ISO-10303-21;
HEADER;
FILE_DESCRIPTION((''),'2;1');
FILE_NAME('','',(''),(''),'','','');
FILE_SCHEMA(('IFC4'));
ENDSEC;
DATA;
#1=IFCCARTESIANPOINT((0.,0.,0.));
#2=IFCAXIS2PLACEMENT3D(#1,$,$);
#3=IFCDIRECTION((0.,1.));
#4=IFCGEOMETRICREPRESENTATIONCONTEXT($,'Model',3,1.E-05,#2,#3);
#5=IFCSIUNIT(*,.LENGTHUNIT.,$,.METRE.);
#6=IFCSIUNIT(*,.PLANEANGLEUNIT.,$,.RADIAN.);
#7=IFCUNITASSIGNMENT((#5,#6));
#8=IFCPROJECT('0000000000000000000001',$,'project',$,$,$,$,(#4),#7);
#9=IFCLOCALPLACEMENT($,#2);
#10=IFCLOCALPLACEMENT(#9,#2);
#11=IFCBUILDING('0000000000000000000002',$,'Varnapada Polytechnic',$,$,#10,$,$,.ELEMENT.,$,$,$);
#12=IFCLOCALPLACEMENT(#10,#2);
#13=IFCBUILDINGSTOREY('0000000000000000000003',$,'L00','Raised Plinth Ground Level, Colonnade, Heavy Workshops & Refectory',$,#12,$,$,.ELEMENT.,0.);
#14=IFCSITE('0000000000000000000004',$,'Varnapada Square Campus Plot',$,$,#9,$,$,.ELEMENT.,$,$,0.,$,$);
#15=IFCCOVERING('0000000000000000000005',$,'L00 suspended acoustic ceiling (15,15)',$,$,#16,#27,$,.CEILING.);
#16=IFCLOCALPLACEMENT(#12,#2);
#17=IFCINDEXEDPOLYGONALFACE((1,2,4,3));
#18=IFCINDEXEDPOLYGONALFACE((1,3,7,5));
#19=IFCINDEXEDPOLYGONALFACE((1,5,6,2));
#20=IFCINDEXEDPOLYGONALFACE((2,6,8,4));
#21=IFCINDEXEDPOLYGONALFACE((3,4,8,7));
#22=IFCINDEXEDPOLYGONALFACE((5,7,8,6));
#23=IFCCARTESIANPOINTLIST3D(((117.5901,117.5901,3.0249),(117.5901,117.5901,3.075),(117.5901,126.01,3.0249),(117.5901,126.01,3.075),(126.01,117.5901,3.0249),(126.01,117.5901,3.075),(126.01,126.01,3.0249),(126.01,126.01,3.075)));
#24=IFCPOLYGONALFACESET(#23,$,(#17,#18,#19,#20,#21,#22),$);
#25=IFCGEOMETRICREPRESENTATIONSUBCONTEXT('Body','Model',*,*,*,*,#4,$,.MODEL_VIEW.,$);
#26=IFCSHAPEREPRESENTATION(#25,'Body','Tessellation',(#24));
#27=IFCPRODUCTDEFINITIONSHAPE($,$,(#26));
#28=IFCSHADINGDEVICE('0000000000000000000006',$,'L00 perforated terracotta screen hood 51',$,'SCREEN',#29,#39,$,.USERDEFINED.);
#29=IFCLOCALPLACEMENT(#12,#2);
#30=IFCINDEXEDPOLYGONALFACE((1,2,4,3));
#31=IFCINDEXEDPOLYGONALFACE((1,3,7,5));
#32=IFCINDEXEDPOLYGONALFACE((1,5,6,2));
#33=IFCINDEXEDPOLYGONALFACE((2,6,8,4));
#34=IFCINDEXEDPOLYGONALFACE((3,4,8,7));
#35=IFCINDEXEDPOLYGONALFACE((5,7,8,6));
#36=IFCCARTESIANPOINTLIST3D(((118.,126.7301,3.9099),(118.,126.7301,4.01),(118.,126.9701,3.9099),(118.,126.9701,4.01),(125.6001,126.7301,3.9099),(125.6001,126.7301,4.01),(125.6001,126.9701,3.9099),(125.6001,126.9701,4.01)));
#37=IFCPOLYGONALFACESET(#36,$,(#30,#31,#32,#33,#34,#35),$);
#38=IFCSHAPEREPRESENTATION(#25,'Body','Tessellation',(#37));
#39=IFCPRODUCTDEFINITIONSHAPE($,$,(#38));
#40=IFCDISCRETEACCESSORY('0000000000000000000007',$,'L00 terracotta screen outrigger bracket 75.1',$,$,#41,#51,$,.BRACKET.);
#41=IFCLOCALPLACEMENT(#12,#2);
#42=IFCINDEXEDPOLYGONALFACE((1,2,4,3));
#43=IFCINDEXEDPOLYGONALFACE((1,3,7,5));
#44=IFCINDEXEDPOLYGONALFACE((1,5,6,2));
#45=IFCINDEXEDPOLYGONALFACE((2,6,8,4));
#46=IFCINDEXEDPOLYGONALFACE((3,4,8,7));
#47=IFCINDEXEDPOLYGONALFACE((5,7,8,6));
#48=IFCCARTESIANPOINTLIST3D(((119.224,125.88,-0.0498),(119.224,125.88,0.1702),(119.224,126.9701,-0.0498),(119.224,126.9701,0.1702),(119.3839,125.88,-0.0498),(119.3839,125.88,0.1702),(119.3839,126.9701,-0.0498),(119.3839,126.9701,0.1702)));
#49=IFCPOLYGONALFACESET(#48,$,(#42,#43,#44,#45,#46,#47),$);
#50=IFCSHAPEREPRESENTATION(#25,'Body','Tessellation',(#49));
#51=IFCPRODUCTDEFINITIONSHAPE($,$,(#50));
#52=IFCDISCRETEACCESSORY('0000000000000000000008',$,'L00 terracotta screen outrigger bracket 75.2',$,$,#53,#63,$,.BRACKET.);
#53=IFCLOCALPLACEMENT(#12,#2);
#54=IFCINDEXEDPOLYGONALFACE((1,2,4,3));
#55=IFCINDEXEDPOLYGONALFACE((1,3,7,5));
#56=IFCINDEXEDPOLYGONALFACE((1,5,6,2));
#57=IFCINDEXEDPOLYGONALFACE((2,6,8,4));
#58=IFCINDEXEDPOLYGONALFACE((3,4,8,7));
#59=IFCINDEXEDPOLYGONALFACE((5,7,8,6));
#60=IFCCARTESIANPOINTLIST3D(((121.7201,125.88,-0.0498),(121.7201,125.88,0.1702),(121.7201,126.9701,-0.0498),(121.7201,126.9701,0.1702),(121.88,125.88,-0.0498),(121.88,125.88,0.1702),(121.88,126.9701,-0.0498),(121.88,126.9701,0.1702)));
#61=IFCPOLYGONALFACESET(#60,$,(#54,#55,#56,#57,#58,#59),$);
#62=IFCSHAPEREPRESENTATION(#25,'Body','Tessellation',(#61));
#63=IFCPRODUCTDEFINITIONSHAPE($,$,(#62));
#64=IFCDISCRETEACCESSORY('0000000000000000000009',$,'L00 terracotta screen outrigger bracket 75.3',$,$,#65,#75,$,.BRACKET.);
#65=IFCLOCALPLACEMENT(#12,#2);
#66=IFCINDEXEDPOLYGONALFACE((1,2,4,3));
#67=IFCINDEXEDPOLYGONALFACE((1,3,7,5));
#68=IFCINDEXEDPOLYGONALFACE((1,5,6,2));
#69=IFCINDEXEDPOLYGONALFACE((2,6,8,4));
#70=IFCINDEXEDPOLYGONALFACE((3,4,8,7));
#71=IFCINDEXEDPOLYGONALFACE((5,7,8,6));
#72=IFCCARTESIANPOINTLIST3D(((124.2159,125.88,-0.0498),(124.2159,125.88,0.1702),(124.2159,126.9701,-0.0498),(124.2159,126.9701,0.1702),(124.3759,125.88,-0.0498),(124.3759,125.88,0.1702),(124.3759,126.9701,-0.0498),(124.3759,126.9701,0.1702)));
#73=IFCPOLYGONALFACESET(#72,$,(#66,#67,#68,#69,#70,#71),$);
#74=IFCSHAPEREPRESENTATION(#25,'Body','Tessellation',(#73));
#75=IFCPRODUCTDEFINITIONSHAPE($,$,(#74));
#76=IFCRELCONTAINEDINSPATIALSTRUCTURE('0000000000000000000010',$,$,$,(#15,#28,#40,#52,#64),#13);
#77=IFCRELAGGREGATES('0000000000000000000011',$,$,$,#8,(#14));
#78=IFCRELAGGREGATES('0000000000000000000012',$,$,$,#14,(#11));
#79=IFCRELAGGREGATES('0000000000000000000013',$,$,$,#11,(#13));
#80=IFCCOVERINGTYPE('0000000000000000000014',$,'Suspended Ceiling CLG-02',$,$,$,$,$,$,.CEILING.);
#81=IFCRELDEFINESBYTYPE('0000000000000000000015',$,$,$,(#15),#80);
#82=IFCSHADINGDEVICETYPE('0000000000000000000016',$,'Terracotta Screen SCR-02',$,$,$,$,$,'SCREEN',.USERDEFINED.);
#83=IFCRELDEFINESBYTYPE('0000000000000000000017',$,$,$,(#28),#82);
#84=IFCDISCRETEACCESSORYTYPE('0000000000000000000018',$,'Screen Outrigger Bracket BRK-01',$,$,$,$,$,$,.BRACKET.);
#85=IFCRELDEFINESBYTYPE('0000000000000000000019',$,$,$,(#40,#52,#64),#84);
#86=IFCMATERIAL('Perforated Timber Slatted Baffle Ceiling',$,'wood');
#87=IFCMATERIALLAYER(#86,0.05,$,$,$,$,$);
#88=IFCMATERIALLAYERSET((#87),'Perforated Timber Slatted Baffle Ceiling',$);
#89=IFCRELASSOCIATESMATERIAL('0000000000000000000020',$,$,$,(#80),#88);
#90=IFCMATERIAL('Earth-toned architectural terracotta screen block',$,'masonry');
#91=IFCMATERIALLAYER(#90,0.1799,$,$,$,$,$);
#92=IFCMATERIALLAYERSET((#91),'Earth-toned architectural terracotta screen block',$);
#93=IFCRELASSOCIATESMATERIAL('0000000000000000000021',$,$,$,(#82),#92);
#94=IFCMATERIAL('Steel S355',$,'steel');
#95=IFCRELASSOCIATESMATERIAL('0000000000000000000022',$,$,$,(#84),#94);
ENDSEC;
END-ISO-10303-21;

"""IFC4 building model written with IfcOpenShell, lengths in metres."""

from ifc_helpers import new_model, si_unit, direction, frame, origin, origin_2d, place, context, subcontext, project, spatial, rectangle, extrude, material, layer, layer_set, type_object, element, save


model = new_model("IFC4")

# Units and contexts
model_context = context("Model", 3, precision=1e-05, world=origin(), true_north=direction((0.0, 1.0)))
body_context = subcontext(model_context, "Body", "Model", "MODEL_VIEW")
ifc_project = project(units=[si_unit("LENGTHUNIT", "METRE"), si_unit("PLANEANGLEUNIT", "RADIAN")], contexts=[model_context])

# Site, building, storey
site_placement = place(None, origin())
site = spatial("IfcSite", under=ifc_project, at=site_placement, Name="Varnapada Square Campus Plot", CompositionType="ELEMENT", RefElevation=0.0)
building_placement = place(site_placement, origin())
building = spatial("IfcBuilding", under=site, at=building_placement, Name="Varnapada Polytechnic", CompositionType="ELEMENT")
storey_placement = place(building_placement, origin())
storey = spatial("IfcBuildingStorey", under=building, at=storey_placement, Name="L00", Description="Raised Plinth Ground Level, Colonnade, Heavy Workshops & Refectory", CompositionType="ELEMENT", Elevation=0.0)

# Shared definitions
ifc_material_1 = material(Name="Steel S355", Category="steel")

# Covering
ifc_material_2 = material(Name="Perforated Timber Slatted Baffle Ceiling", Category="wood")
ifc_layer_1 = layer(ifc_material_2, 0.05)
ifc_layer_set_1 = layer_set([ifc_layer_1], Name="Perforated Timber Slatted Baffle Ceiling")
covering_type_1 = type_object("IfcCoveringType", Name="Suspended Ceiling CLG-02", PredefinedType="CEILING", material=ifc_layer_set_1)
covering_1_placement = place(storey_placement, frame((121.8, 121.8, 3.0249), z_axis=(0.0, 0.0, 1.0), x_axis=(1.0, 0.0, 0.0)))
element("IfcCovering", 1, at=covering_1_placement, inside=storey, type_object=covering_type_1, Name="L00 suspended acoustic ceiling (15,15)", PredefinedType="CEILING", context=body_context, shape_type="SweptSolid", body=[
    extrude(rectangle(XDim=8.4199, YDim=8.4199, at=origin_2d()), origin(), (0.0, 0.0, 1.0), 0.05),
])

# Shading device
ifc_material_3 = material(Name="Earth-toned architectural terracotta screen block", Category="masonry")
ifc_layer_2 = layer(ifc_material_3, 0.1799)
ifc_layer_set_2 = layer_set([ifc_layer_2], Name="Earth-toned architectural terracotta screen block")
shading_device_type = type_object("IfcShadingDeviceType", Name="Terracotta Screen SCR-02", ElementType="SCREEN", PredefinedType="USERDEFINED", material=ifc_layer_set_2)
shading_device_placement = place(storey_placement, frame((121.8, 126.8501, 3.9099), z_axis=(0.0, 0.0, 1.0), x_axis=(1.0, 0.0, 0.0)))
element("IfcShadingDevice", 2, at=shading_device_placement, inside=storey, type_object=shading_device_type, Name="L00 perforated terracotta screen hood 51", ObjectType="SCREEN", PredefinedType="USERDEFINED", context=body_context, shape_type="SweptSolid", body=[
    extrude(rectangle(XDim=7.6001, YDim=0.24, at=origin_2d()), origin(), (0.0, 0.0, 1.0), 0.1001),
])

# Discrete accessories
discrete_accessory_type = type_object("IfcDiscreteAccessoryType", Name="Screen Outrigger Bracket BRK-01", PredefinedType="BRACKET", material=ifc_material_1)
for number, where, z_axis, x_axis, name in (
    (3, (119.304, 126.425, -0.0498), (0.0, 0.0, 1.0), (1.0, 0.0, 0.0), "L00 terracotta screen outrigger bracket 75.1"),
    (4, (121.8, 126.425, -0.0498), (0.0, 0.0, 1.0), (1.0, 0.0, 0.0), "L00 terracotta screen outrigger bracket 75.2"),
    (5, (124.2959, 126.425, -0.0498), (0.0, 0.0, 1.0), (1.0, 0.0, 0.0), "L00 terracotta screen outrigger bracket 75.3"),
):
    element("IfcDiscreteAccessory", number, at=place(storey_placement, frame(where, z_axis=z_axis, x_axis=x_axis)), inside=storey, type_object=discrete_accessory_type, Name=name, PredefinedType="BRACKET", context=body_context, shape_type="SweptSolid", body=[
        extrude(rectangle(XDim=0.1599, YDim=1.0901, at=origin_2d()), origin(), (0.0, 0.0, 1.0), 0.22),
    ])

save(model, "model.ifc")
